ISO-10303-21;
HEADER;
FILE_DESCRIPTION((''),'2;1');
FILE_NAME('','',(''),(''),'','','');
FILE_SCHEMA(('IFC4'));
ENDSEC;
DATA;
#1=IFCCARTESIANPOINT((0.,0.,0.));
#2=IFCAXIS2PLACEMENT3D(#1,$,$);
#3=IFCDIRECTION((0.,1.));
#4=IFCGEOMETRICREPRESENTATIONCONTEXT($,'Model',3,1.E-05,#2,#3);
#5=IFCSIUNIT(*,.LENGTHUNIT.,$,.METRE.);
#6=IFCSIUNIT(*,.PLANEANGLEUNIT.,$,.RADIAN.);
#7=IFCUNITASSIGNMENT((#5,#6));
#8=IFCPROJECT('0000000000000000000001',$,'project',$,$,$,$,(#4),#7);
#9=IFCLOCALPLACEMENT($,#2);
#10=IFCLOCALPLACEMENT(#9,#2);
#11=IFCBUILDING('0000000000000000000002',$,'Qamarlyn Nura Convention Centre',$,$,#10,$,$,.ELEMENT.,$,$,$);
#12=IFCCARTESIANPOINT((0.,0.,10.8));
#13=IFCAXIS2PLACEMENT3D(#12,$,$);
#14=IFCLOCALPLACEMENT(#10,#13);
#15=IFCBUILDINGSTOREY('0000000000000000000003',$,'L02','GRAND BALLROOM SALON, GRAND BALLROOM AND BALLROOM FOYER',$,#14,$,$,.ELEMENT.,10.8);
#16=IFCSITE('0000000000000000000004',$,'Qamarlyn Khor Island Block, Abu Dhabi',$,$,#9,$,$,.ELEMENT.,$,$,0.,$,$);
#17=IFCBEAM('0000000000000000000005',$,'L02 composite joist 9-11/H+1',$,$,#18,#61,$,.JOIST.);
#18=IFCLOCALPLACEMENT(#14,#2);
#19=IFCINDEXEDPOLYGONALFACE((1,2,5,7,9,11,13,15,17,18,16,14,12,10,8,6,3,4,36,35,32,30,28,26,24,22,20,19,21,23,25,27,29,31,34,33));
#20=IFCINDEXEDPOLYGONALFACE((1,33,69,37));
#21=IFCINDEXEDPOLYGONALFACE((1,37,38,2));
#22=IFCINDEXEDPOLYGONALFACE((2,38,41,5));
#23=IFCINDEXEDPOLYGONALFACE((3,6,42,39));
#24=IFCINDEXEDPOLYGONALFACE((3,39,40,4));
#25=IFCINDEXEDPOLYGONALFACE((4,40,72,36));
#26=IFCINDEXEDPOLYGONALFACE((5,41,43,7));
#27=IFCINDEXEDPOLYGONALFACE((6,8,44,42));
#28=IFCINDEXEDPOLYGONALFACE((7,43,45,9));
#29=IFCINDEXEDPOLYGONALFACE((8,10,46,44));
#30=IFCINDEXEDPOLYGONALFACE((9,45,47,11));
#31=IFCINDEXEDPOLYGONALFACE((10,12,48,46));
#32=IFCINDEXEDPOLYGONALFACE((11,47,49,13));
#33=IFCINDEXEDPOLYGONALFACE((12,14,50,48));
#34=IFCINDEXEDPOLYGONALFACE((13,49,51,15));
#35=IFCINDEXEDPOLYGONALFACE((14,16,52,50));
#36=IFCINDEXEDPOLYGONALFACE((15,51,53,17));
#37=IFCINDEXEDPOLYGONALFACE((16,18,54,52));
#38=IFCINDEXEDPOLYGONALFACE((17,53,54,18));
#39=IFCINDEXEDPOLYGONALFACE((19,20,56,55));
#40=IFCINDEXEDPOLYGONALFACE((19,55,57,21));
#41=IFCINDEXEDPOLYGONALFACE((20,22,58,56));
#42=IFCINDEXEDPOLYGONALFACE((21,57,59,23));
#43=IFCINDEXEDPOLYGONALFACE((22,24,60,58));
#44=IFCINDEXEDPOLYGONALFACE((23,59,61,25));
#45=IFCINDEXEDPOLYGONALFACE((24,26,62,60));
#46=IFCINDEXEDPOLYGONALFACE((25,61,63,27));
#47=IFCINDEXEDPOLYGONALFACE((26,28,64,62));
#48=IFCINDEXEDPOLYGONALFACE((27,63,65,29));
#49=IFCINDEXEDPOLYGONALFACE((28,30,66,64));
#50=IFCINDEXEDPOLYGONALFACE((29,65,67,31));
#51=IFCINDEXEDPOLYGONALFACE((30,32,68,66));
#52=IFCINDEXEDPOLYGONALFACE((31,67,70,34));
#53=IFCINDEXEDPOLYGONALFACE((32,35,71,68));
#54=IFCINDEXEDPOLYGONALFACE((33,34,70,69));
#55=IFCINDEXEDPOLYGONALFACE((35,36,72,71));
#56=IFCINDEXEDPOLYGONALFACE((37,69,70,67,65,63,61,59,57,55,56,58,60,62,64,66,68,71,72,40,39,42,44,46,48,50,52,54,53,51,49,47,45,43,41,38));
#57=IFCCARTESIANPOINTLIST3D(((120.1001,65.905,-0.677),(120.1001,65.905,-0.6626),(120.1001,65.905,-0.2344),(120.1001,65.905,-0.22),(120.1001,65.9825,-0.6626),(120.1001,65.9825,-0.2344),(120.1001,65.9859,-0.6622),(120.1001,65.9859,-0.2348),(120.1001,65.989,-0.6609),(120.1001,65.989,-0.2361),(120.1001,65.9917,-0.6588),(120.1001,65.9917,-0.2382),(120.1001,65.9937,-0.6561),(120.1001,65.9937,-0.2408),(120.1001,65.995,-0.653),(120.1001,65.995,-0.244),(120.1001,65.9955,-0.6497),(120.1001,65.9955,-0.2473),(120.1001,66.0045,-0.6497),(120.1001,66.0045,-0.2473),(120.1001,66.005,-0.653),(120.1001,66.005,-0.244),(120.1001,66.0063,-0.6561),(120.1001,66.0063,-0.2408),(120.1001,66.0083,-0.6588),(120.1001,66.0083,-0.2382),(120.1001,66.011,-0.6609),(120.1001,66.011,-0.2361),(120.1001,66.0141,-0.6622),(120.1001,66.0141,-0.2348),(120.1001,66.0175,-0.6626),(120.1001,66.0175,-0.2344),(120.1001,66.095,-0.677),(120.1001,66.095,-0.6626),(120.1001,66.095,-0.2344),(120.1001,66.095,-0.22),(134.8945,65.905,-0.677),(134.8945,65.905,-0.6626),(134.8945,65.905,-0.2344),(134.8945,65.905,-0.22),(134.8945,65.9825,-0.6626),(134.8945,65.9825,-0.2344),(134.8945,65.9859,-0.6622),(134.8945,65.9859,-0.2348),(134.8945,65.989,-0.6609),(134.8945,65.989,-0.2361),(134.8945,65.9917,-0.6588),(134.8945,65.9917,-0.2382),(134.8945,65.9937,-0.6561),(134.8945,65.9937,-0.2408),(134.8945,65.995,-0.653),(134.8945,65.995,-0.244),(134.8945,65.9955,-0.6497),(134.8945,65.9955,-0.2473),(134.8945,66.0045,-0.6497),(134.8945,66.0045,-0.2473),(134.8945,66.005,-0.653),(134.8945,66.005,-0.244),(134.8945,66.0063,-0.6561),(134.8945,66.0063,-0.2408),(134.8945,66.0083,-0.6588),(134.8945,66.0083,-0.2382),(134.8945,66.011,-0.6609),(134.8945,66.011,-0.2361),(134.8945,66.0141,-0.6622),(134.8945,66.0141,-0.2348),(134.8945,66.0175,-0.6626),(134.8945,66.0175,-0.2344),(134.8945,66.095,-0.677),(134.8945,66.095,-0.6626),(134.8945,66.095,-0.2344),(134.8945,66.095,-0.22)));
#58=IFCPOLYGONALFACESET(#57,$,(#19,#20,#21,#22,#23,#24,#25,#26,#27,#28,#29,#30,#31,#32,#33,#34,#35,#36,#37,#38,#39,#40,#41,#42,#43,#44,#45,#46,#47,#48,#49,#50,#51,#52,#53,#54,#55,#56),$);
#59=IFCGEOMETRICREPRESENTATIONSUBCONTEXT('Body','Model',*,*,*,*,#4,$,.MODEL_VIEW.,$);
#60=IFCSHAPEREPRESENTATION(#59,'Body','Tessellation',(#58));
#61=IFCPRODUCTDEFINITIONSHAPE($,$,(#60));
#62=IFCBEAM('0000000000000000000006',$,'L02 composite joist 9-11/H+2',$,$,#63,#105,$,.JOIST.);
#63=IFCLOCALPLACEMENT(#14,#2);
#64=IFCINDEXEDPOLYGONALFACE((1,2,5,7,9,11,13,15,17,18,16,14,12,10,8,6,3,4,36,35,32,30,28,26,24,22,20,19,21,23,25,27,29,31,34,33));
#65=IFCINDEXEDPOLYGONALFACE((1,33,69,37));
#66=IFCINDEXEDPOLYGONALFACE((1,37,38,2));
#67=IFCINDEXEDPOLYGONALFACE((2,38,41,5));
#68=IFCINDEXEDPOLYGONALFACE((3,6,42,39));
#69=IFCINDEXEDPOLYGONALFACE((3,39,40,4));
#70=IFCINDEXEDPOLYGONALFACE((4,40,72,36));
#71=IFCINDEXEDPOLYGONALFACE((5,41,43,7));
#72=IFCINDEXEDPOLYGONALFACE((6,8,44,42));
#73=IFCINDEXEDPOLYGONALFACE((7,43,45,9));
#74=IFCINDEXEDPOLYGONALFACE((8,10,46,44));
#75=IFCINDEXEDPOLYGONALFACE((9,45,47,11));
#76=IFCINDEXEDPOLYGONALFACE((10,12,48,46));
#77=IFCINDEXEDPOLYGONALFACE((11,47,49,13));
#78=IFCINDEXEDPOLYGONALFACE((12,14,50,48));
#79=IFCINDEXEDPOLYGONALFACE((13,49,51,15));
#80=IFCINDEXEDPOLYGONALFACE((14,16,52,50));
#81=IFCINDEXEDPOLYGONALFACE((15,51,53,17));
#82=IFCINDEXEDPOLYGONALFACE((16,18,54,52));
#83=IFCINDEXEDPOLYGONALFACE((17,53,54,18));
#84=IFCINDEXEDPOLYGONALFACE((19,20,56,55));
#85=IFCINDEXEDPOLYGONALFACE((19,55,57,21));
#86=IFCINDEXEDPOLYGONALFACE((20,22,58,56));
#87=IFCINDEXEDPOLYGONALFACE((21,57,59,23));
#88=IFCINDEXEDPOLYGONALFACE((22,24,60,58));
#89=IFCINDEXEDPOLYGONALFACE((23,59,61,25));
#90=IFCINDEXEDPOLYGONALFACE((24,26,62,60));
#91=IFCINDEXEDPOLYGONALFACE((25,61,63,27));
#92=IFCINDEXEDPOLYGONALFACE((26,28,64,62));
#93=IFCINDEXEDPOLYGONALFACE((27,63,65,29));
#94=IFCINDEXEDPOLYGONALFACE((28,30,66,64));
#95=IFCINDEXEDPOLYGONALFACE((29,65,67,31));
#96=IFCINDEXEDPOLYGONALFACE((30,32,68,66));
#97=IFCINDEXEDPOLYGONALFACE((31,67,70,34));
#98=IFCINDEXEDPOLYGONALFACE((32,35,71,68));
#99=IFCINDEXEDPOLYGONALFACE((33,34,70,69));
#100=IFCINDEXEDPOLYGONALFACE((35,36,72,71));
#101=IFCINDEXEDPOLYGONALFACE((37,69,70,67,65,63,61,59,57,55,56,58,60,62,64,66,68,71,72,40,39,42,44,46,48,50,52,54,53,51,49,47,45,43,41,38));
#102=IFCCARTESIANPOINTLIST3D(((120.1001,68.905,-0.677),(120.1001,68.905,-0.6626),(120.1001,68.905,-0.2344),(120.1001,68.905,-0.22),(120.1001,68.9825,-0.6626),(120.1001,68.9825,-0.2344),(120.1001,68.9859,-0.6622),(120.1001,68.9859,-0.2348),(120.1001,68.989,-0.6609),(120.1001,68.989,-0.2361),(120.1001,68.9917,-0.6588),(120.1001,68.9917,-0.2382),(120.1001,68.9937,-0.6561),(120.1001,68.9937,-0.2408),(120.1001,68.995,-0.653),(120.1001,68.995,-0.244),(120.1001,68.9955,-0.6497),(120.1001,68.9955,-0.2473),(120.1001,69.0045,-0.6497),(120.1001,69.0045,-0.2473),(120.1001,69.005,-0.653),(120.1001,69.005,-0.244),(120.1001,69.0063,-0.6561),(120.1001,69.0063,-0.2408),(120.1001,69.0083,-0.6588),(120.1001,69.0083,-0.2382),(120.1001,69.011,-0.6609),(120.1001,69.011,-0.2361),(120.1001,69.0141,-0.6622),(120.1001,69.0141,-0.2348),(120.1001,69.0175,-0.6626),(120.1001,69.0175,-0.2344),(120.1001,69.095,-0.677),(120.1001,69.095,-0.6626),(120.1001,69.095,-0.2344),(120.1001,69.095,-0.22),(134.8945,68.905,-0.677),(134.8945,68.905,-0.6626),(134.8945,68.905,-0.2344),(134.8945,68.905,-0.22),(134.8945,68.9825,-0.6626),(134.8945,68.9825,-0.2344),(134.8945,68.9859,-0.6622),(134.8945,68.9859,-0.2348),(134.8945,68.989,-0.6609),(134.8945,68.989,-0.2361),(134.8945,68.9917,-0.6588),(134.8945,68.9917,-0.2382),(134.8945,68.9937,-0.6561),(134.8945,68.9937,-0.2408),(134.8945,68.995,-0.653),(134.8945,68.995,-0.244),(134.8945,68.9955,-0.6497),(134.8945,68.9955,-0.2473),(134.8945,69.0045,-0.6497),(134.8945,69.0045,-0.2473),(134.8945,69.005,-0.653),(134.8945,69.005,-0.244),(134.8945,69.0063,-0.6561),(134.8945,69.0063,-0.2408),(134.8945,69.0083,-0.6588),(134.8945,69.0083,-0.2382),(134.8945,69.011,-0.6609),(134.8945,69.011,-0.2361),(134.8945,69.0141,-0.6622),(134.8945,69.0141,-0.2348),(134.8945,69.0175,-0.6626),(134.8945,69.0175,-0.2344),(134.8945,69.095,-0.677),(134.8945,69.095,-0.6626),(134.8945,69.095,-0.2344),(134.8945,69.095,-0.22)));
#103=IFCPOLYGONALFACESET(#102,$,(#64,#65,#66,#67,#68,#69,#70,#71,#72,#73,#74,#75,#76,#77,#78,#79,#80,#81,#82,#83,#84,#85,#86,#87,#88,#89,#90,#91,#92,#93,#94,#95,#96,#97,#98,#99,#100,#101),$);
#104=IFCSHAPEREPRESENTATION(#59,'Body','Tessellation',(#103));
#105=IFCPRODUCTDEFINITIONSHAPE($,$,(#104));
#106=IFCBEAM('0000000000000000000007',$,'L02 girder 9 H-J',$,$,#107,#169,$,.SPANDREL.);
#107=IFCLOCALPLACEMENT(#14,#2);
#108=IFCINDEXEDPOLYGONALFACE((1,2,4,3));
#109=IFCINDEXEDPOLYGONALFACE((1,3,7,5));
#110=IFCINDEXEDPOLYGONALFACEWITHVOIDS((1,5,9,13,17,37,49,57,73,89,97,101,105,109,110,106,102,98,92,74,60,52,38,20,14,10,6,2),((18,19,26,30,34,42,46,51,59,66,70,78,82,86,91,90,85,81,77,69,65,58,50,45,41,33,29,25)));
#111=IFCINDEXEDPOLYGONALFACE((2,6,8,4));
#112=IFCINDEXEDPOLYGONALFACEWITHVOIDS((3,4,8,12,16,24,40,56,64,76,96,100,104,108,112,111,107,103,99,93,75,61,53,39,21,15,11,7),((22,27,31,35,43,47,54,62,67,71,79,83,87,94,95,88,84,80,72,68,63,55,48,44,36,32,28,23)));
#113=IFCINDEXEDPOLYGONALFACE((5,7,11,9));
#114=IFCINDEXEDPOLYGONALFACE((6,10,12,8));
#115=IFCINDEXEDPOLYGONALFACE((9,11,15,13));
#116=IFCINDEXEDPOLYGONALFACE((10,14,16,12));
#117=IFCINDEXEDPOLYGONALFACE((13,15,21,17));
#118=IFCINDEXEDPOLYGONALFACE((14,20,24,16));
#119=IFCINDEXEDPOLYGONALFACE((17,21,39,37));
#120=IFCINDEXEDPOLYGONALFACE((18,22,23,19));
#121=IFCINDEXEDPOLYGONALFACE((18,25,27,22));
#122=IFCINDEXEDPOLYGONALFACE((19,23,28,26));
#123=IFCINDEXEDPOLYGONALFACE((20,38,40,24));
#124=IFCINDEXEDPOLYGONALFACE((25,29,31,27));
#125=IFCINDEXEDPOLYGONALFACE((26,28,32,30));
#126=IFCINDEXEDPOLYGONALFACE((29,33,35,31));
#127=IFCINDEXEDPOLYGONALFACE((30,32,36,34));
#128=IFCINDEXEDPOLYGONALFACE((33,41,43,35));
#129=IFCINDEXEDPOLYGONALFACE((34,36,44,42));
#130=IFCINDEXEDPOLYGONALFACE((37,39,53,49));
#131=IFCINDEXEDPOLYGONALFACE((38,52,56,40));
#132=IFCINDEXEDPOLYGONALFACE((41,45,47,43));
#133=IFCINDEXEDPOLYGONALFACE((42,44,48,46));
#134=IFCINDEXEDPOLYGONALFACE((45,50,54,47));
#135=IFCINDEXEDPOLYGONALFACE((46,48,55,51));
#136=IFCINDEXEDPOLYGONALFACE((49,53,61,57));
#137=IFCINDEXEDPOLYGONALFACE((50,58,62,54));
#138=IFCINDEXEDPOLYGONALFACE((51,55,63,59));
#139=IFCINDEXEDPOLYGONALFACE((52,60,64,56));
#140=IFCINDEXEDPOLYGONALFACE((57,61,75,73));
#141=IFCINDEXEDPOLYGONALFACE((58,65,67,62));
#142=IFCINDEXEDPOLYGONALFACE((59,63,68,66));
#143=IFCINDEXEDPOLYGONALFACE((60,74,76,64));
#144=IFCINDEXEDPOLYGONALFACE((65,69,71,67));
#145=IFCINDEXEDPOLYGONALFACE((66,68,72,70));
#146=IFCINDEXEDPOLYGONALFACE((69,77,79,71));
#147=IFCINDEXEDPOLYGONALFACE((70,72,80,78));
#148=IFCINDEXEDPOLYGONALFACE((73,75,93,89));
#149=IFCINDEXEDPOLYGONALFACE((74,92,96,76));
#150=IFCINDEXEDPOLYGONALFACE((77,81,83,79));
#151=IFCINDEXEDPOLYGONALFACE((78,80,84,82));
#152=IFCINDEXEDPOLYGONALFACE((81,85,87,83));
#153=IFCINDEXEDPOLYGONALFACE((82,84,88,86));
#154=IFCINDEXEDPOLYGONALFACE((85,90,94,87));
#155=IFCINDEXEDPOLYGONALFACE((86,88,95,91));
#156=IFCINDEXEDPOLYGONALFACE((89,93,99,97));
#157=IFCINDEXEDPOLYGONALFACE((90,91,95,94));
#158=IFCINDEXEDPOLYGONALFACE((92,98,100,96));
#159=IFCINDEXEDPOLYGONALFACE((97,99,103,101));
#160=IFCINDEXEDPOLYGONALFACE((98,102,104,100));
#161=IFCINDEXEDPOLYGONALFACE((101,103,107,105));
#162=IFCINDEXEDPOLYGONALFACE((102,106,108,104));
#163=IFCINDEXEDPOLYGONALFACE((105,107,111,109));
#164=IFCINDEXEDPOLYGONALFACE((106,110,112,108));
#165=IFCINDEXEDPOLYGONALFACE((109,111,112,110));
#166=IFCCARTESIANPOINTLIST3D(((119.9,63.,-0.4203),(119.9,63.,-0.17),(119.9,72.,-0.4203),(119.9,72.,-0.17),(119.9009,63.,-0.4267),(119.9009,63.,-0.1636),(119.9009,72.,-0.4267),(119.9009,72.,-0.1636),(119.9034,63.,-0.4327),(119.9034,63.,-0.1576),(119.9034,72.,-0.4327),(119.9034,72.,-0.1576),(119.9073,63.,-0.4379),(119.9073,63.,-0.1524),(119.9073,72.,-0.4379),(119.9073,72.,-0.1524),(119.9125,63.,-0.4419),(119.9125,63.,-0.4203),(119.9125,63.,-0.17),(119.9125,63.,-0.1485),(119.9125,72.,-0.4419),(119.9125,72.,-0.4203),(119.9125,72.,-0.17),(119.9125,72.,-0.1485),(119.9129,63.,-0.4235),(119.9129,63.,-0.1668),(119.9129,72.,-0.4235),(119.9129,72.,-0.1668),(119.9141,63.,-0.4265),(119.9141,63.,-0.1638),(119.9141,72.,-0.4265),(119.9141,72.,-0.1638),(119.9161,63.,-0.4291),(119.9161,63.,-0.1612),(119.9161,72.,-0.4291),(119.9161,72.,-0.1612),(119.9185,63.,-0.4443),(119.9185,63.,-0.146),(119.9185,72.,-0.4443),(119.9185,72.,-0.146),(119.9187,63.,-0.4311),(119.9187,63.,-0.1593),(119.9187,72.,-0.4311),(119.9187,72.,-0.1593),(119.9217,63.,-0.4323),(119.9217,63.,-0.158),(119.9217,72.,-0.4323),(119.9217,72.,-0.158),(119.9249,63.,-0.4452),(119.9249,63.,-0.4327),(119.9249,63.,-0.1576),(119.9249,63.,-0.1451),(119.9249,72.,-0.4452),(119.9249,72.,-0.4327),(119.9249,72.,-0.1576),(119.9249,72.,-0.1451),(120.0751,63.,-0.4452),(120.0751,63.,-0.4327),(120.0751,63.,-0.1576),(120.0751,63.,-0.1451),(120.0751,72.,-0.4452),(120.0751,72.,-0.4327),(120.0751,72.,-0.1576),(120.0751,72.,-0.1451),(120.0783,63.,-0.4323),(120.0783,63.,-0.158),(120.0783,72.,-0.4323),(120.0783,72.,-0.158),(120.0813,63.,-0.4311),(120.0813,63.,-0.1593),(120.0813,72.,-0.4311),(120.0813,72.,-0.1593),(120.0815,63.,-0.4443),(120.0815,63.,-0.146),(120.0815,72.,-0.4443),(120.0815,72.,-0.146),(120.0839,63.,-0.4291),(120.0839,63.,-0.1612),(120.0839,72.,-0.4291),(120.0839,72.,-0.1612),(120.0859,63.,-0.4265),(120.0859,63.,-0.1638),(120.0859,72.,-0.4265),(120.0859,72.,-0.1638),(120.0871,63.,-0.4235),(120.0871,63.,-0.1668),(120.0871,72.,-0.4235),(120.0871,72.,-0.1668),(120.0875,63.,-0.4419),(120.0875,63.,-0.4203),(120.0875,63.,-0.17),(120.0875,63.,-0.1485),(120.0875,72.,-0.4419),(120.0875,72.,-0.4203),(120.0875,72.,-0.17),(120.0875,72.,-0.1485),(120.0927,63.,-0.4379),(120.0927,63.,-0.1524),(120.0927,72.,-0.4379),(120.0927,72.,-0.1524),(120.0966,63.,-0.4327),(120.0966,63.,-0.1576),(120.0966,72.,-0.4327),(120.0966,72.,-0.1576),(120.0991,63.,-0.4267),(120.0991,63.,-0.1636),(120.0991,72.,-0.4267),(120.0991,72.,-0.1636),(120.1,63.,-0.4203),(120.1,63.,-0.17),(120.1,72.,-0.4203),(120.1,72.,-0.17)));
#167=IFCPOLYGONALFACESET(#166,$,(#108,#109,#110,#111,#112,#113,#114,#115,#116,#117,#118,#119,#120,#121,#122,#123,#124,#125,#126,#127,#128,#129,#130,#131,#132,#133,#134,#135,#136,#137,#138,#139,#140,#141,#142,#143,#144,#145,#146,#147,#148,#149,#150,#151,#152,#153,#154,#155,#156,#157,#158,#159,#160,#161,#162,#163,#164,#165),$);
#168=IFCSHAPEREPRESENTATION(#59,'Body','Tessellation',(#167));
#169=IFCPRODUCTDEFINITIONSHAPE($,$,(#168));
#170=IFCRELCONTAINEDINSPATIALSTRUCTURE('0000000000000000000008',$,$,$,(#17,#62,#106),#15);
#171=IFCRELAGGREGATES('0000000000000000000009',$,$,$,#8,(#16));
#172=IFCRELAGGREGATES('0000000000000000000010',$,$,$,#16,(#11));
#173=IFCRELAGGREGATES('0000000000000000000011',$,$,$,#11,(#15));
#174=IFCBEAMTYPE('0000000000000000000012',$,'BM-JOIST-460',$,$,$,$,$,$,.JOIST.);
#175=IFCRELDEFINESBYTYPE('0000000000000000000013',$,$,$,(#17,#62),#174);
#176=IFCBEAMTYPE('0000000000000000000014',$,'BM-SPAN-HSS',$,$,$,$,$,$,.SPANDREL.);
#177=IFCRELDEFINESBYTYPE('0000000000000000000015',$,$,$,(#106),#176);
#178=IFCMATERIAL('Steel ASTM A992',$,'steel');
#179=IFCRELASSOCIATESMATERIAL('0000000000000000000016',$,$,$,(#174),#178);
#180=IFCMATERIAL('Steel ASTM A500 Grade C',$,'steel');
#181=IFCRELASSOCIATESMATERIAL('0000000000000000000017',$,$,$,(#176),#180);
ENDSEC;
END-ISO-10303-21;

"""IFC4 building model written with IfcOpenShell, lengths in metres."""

from ifc_helpers import new_model, si_unit, direction, frame, origin, origin_2d, place, context, subcontext, project, spatial, hollow_rectangle, i_section, extrude, material, material_profile, profile_set, type_object, element, save


model = new_model("IFC4")

# Units and contexts
model_context = context("Model", 3, precision=1e-05, world=origin(), true_north=direction((0.0, 1.0)))
body_context = subcontext(model_context, "Body", "Model", "MODEL_VIEW")
ifc_project = project(units=[si_unit("LENGTHUNIT", "METRE"), si_unit("PLANEANGLEUNIT", "RADIAN")], contexts=[model_context])

# Site, building, storey
site_placement = place(None, origin())
site = spatial("IfcSite", under=ifc_project, at=site_placement, Name="Qamarlyn Khor Island Block, Abu Dhabi", CompositionType="ELEMENT", RefElevation=0.0)
building_placement = place(site_placement, origin())
building = spatial("IfcBuilding", under=site, at=building_placement, Name="Qamarlyn Nura Convention Centre", CompositionType="ELEMENT")
storey_placement = place(building_placement, frame((0.0, 0.0, 10.8)))
storey = spatial("IfcBuildingStorey", under=building, at=storey_placement, Name="L02", Description="GRAND BALLROOM SALON, GRAND BALLROOM AND BALLROOM FOYER", CompositionType="ELEMENT", Elevation=10.8)

# Beams
ifc_material_1 = material(Name="Steel ASTM A992", Category="steel")
ifc_material_profile_1 = material_profile(ifc_material_1, i_section(OverallWidth=0.1899, OverallDepth=0.457, WebThickness=0.009, FlangeThickness=0.0144, FilletRadius=0.0129, at=origin_2d()), Name="W460X74")
ifc_profile_set_1 = profile_set([ifc_material_profile_1], Name="Steel ASTM A992")
beam_type_1 = type_object("IfcBeamType", Name="BM-JOIST-460", PredefinedType="JOIST", material=ifc_profile_set_1)
for number, where, z_axis, x_axis, name in (
    (1, (120.1001, 66.0, -0.4485), (1.0, 0.0, 0.0), (0.0, 1.0, 0.0), "L02 composite joist 9-11/H+1"),
    (2, (120.1001, 69.0, -0.4485), (1.0, 0.0, 0.0), (0.0, 1.0, 0.0), "L02 composite joist 9-11/H+2"),
):
    element("IfcBeam", number, at=place(storey_placement, frame(where, z_axis=z_axis, x_axis=x_axis)), inside=storey, type_object=beam_type_1, Name=name, PredefinedType="JOIST", context=body_context, shape_type="SweptSolid", body=[
        extrude(i_section(OverallWidth=0.1899, OverallDepth=0.457, WebThickness=0.009, FlangeThickness=0.0144, FilletRadius=0.0129, at=origin_2d()), origin(), (0.0, 0.0, 1.0), 14.7944),
    ])
ifc_material_2 = material(Name="Steel ASTM A500 Grade C", Category="steel")
ifc_material_profile_2 = material_profile(ifc_material_2, hollow_rectangle(XDim=0.2, YDim=0.3, WallThickness=0.0125, InnerFilletRadius=0.0125, OuterFilletRadius=0.0249, at=origin_2d()), Name="HSS300X200X12.5")
ifc_profile_set_2 = profile_set([ifc_material_profile_2], Name="Steel ASTM A500 Grade C")
beam_type_2 = type_object("IfcBeamType", Name="BM-SPAN-HSS", PredefinedType="SPANDREL", material=ifc_profile_set_2)
beam_1_placement = place(storey_placement, frame((120.0, 63.0, -0.2952), z_axis=(0.0, 1.0, 0.0), x_axis=(-1.0, 0.0, 0.0)))
element("IfcBeam", 3, at=beam_1_placement, inside=storey, type_object=beam_type_2, Name="L02 girder 9 H-J", PredefinedType="SPANDREL", context=body_context, shape_type="SweptSolid", body=[
    extrude(hollow_rectangle(XDim=0.2, YDim=0.3, WallThickness=0.0125, InnerFilletRadius=0.0125, OuterFilletRadius=0.0249, at=origin_2d()), origin(), (0.0, 0.0, 1.0), 9.0),
])

save(model, "model.ifc")
